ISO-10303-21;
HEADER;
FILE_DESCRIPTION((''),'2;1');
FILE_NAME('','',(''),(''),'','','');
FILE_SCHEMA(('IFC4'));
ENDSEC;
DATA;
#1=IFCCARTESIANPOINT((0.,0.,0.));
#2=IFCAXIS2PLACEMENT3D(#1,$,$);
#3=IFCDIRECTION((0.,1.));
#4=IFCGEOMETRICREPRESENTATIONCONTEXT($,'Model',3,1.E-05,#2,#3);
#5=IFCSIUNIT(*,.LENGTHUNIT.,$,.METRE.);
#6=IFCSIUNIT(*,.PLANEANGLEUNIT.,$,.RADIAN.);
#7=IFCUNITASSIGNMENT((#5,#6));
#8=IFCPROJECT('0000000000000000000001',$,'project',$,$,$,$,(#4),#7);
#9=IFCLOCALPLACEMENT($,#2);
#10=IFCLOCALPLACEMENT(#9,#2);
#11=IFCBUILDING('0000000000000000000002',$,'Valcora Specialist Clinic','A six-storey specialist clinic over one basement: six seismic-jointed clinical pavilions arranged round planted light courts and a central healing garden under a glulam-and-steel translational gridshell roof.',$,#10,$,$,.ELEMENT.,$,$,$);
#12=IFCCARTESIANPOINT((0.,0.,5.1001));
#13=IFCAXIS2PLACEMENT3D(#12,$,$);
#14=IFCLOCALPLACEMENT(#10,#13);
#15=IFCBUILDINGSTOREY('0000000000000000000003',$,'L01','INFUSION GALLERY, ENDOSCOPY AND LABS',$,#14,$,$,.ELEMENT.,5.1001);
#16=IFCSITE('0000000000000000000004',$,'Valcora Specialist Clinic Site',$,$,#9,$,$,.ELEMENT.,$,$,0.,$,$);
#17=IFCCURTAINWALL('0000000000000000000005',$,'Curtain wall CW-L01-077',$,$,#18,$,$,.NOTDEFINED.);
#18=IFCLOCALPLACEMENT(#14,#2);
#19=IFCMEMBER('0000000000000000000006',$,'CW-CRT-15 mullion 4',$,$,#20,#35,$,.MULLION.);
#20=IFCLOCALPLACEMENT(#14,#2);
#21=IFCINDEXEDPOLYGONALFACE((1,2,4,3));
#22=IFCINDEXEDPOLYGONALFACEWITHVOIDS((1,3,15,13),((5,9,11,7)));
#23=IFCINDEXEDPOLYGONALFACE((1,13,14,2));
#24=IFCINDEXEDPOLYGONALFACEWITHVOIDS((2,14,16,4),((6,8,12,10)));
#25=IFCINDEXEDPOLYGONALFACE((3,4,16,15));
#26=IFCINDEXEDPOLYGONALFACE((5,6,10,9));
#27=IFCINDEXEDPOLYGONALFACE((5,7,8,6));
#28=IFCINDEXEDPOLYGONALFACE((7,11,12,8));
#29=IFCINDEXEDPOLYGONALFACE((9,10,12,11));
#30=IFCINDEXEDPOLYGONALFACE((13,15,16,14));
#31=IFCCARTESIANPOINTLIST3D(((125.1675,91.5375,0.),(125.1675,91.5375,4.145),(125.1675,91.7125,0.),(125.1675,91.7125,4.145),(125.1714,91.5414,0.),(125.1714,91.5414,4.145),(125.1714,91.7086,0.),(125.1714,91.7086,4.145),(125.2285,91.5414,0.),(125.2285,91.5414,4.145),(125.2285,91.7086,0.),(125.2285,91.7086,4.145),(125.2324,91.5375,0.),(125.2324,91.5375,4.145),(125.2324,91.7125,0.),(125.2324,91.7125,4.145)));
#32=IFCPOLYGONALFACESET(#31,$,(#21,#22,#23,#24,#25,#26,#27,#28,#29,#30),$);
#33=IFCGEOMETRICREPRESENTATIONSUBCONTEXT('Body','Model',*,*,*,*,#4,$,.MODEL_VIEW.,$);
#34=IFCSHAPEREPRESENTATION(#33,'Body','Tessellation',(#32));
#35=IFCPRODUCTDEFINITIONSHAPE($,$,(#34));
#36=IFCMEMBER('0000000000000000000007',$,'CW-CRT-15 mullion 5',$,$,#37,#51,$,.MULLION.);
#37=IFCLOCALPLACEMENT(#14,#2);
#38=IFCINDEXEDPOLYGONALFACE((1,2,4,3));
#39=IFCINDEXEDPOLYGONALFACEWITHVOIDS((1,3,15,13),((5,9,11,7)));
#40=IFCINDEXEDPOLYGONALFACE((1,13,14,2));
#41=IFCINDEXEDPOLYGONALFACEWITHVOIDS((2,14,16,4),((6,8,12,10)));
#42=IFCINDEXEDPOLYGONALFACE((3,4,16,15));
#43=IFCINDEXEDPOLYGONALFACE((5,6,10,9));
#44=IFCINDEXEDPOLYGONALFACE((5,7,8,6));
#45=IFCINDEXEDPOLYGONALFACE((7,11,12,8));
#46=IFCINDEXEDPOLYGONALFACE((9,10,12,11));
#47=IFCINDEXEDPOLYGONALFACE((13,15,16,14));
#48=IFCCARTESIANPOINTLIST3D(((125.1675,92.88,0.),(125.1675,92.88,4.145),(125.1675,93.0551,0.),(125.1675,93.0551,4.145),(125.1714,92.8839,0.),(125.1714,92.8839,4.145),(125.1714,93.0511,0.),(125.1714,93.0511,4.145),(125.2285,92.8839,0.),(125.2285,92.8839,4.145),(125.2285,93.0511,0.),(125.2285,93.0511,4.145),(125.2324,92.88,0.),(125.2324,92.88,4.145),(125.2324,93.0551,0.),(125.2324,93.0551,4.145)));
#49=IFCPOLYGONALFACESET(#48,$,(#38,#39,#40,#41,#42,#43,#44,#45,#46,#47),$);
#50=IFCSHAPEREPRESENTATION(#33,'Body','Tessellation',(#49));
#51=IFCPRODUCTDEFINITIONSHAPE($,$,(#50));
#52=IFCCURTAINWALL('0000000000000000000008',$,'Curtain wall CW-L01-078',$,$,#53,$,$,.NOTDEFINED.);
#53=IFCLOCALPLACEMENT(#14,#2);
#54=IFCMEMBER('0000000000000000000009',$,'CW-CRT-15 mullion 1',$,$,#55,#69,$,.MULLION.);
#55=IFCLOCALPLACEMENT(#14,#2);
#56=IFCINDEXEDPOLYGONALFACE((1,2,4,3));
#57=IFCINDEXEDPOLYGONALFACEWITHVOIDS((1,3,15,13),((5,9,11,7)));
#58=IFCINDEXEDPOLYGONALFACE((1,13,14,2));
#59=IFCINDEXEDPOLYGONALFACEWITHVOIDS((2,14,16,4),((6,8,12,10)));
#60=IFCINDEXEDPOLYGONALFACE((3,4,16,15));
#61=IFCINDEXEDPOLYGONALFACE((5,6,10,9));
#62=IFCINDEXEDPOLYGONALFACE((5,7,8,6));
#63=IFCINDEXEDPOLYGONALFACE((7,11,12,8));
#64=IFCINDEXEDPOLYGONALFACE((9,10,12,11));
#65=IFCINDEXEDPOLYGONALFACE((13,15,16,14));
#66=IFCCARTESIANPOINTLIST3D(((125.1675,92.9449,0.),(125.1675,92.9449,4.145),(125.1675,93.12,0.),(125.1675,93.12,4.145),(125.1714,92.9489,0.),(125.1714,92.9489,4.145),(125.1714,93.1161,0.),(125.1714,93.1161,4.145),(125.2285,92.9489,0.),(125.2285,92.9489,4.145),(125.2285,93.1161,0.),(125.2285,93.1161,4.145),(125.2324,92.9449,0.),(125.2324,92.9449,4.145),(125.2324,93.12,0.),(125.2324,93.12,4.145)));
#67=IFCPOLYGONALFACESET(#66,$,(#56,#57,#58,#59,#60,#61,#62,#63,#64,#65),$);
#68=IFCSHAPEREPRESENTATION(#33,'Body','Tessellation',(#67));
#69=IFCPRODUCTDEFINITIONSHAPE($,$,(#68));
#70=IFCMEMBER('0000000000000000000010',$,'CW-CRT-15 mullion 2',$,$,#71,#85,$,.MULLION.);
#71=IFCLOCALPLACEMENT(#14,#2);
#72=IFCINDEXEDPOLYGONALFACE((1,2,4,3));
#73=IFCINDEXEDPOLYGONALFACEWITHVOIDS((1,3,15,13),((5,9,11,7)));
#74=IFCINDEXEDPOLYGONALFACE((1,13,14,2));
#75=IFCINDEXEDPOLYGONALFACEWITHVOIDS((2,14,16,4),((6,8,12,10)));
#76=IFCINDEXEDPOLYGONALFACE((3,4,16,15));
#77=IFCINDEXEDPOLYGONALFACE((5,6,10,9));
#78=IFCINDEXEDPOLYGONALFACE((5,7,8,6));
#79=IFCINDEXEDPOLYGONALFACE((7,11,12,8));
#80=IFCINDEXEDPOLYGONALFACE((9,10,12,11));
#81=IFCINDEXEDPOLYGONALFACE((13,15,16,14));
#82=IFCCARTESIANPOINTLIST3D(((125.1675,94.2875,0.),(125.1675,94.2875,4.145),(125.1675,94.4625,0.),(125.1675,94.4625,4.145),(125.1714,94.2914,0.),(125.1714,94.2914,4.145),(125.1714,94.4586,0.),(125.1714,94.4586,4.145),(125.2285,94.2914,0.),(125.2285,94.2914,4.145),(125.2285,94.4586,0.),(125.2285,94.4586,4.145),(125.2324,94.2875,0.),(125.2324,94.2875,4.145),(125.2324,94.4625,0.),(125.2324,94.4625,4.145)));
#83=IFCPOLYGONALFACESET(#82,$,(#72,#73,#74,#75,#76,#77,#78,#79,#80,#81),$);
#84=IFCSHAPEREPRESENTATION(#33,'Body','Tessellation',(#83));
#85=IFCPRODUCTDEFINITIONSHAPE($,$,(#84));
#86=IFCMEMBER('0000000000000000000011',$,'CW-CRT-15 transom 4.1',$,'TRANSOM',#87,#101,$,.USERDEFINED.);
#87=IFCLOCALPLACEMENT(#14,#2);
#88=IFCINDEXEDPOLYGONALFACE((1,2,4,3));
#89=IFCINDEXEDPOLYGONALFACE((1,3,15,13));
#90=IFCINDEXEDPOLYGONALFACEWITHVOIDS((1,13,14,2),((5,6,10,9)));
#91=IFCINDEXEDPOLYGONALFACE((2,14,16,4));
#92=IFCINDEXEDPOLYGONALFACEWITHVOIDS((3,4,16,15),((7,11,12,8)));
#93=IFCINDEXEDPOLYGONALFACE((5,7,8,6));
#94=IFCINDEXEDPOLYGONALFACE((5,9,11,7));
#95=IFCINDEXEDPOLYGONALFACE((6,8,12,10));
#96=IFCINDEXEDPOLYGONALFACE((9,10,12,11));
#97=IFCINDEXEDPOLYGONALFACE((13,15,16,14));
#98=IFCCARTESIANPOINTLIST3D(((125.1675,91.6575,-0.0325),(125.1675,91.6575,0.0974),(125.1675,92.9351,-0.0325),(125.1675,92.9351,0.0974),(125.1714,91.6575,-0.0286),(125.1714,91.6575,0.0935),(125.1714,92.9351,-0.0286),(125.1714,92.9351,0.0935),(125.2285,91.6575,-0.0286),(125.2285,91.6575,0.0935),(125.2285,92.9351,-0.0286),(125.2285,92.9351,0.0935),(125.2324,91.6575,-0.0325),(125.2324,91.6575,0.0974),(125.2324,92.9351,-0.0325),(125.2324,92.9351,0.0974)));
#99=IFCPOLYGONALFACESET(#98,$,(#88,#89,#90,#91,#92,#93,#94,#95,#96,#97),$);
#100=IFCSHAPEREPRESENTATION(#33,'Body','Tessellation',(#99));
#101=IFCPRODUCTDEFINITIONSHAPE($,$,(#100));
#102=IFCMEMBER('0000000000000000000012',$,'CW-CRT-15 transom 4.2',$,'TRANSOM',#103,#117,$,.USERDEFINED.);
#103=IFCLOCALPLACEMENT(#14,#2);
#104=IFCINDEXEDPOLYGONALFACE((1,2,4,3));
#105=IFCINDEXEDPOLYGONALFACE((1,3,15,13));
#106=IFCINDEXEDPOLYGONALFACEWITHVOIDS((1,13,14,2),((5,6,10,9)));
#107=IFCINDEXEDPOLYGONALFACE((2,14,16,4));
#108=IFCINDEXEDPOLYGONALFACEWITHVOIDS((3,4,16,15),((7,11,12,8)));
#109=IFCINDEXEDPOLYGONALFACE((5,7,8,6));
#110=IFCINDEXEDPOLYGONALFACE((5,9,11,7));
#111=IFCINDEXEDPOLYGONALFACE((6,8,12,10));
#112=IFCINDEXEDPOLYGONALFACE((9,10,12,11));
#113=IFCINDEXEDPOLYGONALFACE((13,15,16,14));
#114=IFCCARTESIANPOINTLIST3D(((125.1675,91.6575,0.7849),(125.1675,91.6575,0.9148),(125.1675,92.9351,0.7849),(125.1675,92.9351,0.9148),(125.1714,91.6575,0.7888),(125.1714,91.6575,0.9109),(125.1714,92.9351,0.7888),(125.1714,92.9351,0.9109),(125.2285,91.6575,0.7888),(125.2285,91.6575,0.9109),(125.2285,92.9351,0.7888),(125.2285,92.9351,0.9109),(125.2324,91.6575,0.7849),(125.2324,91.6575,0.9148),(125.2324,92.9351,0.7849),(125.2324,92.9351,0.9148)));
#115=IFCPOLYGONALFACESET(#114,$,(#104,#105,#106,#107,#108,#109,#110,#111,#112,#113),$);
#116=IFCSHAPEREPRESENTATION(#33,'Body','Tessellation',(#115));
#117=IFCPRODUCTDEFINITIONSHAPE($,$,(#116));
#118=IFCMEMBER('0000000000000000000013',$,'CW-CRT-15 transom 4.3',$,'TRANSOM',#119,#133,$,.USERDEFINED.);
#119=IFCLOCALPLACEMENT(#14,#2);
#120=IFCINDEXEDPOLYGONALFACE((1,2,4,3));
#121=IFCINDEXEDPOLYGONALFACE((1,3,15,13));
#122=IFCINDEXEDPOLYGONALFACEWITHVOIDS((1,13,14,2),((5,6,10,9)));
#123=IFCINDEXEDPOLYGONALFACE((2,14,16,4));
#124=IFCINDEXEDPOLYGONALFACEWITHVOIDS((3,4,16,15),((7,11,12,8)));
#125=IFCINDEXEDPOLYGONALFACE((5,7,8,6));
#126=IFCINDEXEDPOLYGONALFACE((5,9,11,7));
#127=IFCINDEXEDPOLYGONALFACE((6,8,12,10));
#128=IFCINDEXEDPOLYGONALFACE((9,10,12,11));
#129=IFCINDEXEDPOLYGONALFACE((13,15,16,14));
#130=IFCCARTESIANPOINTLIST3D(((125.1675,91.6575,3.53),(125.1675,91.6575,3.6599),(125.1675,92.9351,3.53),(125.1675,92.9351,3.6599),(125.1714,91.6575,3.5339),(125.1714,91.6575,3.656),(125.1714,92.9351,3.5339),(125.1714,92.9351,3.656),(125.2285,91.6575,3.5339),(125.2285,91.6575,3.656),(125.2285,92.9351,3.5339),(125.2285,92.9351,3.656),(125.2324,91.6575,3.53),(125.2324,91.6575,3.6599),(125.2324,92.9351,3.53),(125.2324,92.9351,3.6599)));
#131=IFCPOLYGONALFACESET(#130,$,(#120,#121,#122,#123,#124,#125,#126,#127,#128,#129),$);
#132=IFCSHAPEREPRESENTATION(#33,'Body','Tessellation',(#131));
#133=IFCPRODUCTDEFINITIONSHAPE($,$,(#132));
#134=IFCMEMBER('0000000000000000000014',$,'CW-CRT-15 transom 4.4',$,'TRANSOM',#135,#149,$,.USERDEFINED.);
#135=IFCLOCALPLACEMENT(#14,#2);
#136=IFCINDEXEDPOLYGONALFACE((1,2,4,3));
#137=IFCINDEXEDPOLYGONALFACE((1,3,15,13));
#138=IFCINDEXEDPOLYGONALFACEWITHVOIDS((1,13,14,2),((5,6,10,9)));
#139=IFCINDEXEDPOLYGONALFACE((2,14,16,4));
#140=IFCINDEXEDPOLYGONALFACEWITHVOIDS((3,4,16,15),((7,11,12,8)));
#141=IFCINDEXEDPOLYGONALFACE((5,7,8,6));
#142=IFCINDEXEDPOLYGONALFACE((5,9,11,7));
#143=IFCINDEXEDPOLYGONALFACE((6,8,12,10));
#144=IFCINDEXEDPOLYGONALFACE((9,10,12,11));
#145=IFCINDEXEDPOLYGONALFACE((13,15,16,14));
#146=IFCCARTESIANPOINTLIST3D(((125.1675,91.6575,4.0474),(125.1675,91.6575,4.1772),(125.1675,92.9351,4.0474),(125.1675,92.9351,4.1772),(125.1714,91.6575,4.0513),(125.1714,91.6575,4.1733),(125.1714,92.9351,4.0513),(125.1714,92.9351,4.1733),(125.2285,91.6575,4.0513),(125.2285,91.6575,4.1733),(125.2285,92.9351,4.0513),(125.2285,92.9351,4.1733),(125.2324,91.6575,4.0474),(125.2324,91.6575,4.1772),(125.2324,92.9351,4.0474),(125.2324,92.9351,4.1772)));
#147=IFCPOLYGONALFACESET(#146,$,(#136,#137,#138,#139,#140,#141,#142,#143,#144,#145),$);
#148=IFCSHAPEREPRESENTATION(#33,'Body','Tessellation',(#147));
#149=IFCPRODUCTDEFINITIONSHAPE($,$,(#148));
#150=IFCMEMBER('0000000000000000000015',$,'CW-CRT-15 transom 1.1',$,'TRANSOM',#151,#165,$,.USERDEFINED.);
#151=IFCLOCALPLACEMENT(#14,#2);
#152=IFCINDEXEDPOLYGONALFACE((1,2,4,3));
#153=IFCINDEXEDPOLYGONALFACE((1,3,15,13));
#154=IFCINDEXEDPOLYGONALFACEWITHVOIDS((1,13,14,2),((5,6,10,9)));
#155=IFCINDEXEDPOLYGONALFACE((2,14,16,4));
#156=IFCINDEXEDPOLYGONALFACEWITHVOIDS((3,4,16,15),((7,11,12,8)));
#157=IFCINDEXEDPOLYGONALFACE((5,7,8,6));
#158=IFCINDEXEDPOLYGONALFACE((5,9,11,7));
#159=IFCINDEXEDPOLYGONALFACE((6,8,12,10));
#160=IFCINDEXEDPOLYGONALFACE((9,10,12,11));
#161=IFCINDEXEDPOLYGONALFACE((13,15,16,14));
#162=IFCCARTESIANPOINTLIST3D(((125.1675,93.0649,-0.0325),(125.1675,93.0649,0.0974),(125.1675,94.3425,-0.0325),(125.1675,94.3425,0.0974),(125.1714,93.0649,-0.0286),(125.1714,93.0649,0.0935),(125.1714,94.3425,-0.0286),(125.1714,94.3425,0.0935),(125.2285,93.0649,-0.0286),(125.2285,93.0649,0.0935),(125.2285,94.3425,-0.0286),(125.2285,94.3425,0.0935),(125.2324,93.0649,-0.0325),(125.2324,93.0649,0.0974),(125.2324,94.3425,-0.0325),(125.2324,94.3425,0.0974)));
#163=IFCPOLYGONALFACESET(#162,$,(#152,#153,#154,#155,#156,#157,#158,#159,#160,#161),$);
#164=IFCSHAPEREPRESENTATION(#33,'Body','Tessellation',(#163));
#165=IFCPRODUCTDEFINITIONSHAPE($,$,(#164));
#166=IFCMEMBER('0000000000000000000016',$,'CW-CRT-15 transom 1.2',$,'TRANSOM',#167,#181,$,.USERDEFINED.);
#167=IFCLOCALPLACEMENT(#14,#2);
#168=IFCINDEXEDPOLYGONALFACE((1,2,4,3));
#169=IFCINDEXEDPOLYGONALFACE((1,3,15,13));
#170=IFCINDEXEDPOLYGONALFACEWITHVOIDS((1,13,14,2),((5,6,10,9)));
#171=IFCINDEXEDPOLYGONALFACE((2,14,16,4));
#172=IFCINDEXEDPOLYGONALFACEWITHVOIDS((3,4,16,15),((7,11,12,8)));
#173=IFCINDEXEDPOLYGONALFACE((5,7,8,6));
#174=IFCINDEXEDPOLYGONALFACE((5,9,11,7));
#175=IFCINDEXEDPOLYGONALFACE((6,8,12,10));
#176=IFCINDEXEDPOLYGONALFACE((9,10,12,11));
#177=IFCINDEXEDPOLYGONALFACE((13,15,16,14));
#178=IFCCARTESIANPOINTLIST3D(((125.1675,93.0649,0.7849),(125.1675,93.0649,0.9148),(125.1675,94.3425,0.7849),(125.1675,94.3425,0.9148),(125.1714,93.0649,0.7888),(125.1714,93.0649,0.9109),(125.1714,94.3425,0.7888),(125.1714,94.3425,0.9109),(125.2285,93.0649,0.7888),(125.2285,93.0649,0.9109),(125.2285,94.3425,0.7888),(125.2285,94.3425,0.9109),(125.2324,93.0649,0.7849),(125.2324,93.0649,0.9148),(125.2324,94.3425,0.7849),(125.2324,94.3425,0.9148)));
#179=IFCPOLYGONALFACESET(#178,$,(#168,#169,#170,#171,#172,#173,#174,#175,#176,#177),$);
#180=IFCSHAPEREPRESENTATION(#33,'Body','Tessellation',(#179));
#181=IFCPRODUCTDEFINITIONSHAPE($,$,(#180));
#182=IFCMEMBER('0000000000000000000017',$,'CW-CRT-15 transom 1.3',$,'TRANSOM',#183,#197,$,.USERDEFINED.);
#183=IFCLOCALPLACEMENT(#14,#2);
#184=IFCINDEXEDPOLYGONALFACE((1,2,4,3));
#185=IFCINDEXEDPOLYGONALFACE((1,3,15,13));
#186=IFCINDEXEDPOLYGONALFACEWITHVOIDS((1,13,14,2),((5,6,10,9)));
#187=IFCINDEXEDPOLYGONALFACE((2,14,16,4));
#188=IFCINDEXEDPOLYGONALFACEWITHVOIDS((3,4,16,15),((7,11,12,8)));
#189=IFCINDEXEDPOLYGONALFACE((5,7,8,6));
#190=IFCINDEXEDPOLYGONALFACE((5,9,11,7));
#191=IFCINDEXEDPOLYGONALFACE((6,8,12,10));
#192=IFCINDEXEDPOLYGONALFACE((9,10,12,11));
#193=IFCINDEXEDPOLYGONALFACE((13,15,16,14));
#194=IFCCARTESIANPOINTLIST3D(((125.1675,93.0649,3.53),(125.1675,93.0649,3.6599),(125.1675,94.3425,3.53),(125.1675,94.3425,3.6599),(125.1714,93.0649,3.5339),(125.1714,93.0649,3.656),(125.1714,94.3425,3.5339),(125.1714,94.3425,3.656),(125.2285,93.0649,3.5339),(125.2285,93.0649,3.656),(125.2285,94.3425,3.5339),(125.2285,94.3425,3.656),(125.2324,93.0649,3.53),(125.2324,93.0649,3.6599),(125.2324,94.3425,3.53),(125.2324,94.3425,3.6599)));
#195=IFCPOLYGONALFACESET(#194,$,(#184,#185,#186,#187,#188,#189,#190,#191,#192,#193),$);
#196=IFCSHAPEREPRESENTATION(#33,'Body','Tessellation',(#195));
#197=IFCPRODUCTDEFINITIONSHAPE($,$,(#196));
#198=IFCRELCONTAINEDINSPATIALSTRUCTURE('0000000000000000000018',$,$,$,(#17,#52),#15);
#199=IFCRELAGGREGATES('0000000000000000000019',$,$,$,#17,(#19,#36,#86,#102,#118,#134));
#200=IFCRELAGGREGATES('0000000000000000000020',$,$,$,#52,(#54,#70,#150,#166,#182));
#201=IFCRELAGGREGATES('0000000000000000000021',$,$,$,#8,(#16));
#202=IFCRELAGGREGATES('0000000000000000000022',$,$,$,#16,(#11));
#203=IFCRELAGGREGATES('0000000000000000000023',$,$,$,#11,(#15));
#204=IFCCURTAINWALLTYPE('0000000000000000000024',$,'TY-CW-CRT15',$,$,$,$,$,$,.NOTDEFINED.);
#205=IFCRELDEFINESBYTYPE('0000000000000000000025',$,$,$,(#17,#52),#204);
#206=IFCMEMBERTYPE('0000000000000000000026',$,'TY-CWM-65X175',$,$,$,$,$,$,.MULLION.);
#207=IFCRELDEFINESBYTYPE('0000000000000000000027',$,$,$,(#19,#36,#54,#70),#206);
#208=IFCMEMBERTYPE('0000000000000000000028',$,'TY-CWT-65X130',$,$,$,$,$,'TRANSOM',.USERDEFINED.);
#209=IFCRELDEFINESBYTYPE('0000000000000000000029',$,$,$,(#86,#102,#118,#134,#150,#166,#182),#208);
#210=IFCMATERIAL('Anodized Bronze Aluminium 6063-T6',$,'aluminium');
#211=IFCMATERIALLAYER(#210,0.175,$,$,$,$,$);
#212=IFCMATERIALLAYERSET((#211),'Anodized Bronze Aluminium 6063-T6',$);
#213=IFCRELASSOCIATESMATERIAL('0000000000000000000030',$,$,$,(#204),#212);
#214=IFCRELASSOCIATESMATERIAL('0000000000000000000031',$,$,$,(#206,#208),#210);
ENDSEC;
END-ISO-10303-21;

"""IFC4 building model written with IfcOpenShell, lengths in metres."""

from ifc_helpers import new_model, si_unit, direction, frame, origin, origin_2d, place, context, subcontext, project, spatial, hollow_rectangle, extrude, material, layer, layer_set, material_profile, profile_set, type_object, element, aggregate, save


model = new_model("IFC4")

# Units and contexts
model_context = context("Model", 3, precision=1e-05, world=origin(), true_north=direction((0.0, 1.0)))
body_context = subcontext(model_context, "Body", "Model", "MODEL_VIEW")
ifc_project = project(units=[si_unit("LENGTHUNIT", "METRE"), si_unit("PLANEANGLEUNIT", "RADIAN")], contexts=[model_context])

# Site, building, storey
site_placement = place(None, origin())
site = spatial("IfcSite", under=ifc_project, at=site_placement, Name="Valcora Specialist Clinic Site", CompositionType="ELEMENT", RefElevation=0.0)
building_placement = place(site_placement, origin())
building = spatial("IfcBuilding", under=site, at=building_placement, Name="Valcora Specialist Clinic", Description="A six-storey specialist clinic over one basement: six seismic-jointed clinical pavilions arranged round planted light courts and a central healing garden under a glulam-and-steel translational gridshell roof.", CompositionType="ELEMENT")
storey_placement = place(building_placement, frame((0.0, 0.0, 5.1001)))
storey = spatial("IfcBuildingStorey", under=building, at=storey_placement, Name="L01", Description="INFUSION GALLERY, ENDOSCOPY AND LABS", CompositionType="ELEMENT", Elevation=5.1001)

# Curtain walls, members
ifc_material_1 = material(Name="Anodized Bronze Aluminium 6063-T6", Category="aluminium")
ifc_layer_1 = layer(ifc_material_1, 0.175)
ifc_layer_set_1 = layer_set([ifc_layer_1], Name="Anodized Bronze Aluminium 6063-T6")
curtain_wall_type = type_object("IfcCurtainWallType", Name="TY-CW-CRT15", PredefinedType="NOTDEFINED", material=ifc_layer_set_1)
curtain_wall_1_placement = place(storey_placement, origin())
curtain_wall_1 = element("IfcCurtainWall", 1, at=curtain_wall_1_placement, inside=storey, type_object=curtain_wall_type, Name="Curtain wall CW-L01-077", PredefinedType="NOTDEFINED")
ifc_material_profile_1 = material_profile(ifc_material_1, hollow_rectangle(XDim=0.0649, YDim=0.175, WallThickness=0.0039, at=origin_2d()), Name="AL-MUL-65X175")
ifc_profile_set_1 = profile_set([ifc_material_profile_1], Name="Anodized Bronze Aluminium 6063-T6")
member_type_1 = type_object("IfcMemberType", Name="TY-CWM-65X175", PredefinedType="MULLION", material=ifc_profile_set_1)
member_1_placement = place(storey_placement, frame((125.2, 91.625, 0.0), z_axis=(0.0, 0.0, 1.0), x_axis=(-1.0, 0.0, 0.0)))
member_1 = element("IfcMember", 2, at=member_1_placement, type_object=member_type_1, Name="CW-CRT-15 mullion 4", PredefinedType="MULLION", context=body_context, shape_type="SweptSolid", body=[
    extrude(hollow_rectangle(XDim=0.0649, YDim=0.175, WallThickness=0.0039, at=origin_2d()), origin(), (0.0, 0.0, 1.0), 4.145),
])
member_2_placement = place(storey_placement, frame((125.2, 92.9675, 0.0), z_axis=(0.0, 0.0, 1.0), x_axis=(-1.0, 0.0, 0.0)))
member_2 = element("IfcMember", 3, at=member_2_placement, type_object=member_type_1, Name="CW-CRT-15 mullion 5", PredefinedType="MULLION", context=body_context, shape_type="SweptSolid", body=[
    extrude(hollow_rectangle(XDim=0.0649, YDim=0.175, WallThickness=0.0039, at=origin_2d()), origin(), (0.0, 0.0, 1.0), 4.145),
])
curtain_wall_2_placement = place(storey_placement, origin())
curtain_wall_2 = element("IfcCurtainWall", 4, at=curtain_wall_2_placement, inside=storey, type_object=curtain_wall_type, Name="Curtain wall CW-L01-078", PredefinedType="NOTDEFINED")
member_3_placement = place(storey_placement, frame((125.2, 93.0325, 0.0), z_axis=(0.0, 0.0, 1.0), x_axis=(-1.0, 0.0, 0.0)))
member_3 = element("IfcMember", 5, at=member_3_placement, type_object=member_type_1, Name="CW-CRT-15 mullion 1", PredefinedType="MULLION", context=body_context, shape_type="SweptSolid", body=[
    extrude(hollow_rectangle(XDim=0.0649, YDim=0.175, WallThickness=0.0039, at=origin_2d()), origin(), (0.0, 0.0, 1.0), 4.145),
])
member_4_placement = place(storey_placement, frame((125.2, 94.375, 0.0), z_axis=(0.0, 0.0, 1.0), x_axis=(-1.0, 0.0, 0.0)))
member_4 = element("IfcMember", 6, at=member_4_placement, type_object=member_type_1, Name="CW-CRT-15 mullion 2", PredefinedType="MULLION", context=body_context, shape_type="SweptSolid", body=[
    extrude(hollow_rectangle(XDim=0.0649, YDim=0.175, WallThickness=0.0039, at=origin_2d()), origin(), (0.0, 0.0, 1.0), 4.145),
])

# Members
ifc_material_profile_2 = material_profile(ifc_material_1, hollow_rectangle(XDim=0.0649, YDim=0.1299, WallThickness=0.0039, at=origin_2d()), Name="AL-TRN-65X130")
ifc_profile_set_2 = profile_set([ifc_material_profile_2], Name="Anodized Bronze Aluminium 6063-T6")
member_type_2 = type_object("IfcMemberType", Name="TY-CWT-65X130", ElementType="TRANSOM", PredefinedType="USERDEFINED", material=ifc_profile_set_2)
member_5_placement = place(storey_placement, frame((125.2, 91.6575, 0.0325), z_axis=(0.0, 1.0, 0.0), x_axis=(-1.0, 0.0, 0.0)))
member_5 = element("IfcMember", 7, at=member_5_placement, type_object=member_type_2, Name="CW-CRT-15 transom 4.1", ObjectType="TRANSOM", PredefinedType="USERDEFINED", context=body_context, shape_type="SweptSolid", body=[
    extrude(hollow_rectangle(XDim=0.0649, YDim=0.1299, WallThickness=0.0039, at=origin_2d()), origin(), (0.0, 0.0, 1.0), 1.2776),
])
member_6_placement = place(storey_placement, frame((125.2, 91.6575, 0.8499), z_axis=(0.0, 1.0, 0.0), x_axis=(-1.0, 0.0, 0.0)))
member_6 = element("IfcMember", 8, at=member_6_placement, type_object=member_type_2, Name="CW-CRT-15 transom 4.2", ObjectType="TRANSOM", PredefinedType="USERDEFINED", context=body_context, shape_type="SweptSolid", body=[
    extrude(hollow_rectangle(XDim=0.0649, YDim=0.1299, WallThickness=0.0039, at=origin_2d()), origin(), (0.0, 0.0, 1.0), 1.2776),
])
member_7_placement = place(storey_placement, frame((125.2, 91.6575, 3.595), z_axis=(0.0, 1.0, 0.0), x_axis=(-1.0, 0.0, 0.0)))
member_7 = element("IfcMember", 9, at=member_7_placement, type_object=member_type_2, Name="CW-CRT-15 transom 4.3", ObjectType="TRANSOM", PredefinedType="USERDEFINED", context=body_context, shape_type="SweptSolid", body=[
    extrude(hollow_rectangle(XDim=0.0649, YDim=0.1299, WallThickness=0.0039, at=origin_2d()), origin(), (0.0, 0.0, 1.0), 1.2776),
])
member_8_placement = place(storey_placement, frame((125.2, 91.6575, 4.1123), z_axis=(0.0, 1.0, 0.0), x_axis=(-1.0, 0.0, 0.0)))
member_8 = element("IfcMember", 10, at=member_8_placement, type_object=member_type_2, Name="CW-CRT-15 transom 4.4", ObjectType="TRANSOM", PredefinedType="USERDEFINED", context=body_context, shape_type="SweptSolid", body=[
    extrude(hollow_rectangle(XDim=0.0649, YDim=0.1299, WallThickness=0.0039, at=origin_2d()), origin(), (0.0, 0.0, 1.0), 1.2776),
])
member_9_placement = place(storey_placement, frame((125.2, 93.0649, 0.0325), z_axis=(0.0, 1.0, 0.0), x_axis=(-1.0, 0.0, 0.0)))
member_9 = element("IfcMember", 11, at=member_9_placement, type_object=member_type_2, Name="CW-CRT-15 transom 1.1", ObjectType="TRANSOM", PredefinedType="USERDEFINED", context=body_context, shape_type="SweptSolid", body=[
    extrude(hollow_rectangle(XDim=0.0649, YDim=0.1299, WallThickness=0.0039, at=origin_2d()), origin(), (0.0, 0.0, 1.0), 1.2776),
])
member_10_placement = place(storey_placement, frame((125.2, 93.0649, 0.8499), z_axis=(0.0, 1.0, 0.0), x_axis=(-1.0, 0.0, 0.0)))
member_10 = element("IfcMember", 12, at=member_10_placement, type_object=member_type_2, Name="CW-CRT-15 transom 1.2", ObjectType="TRANSOM", PredefinedType="USERDEFINED", context=body_context, shape_type="SweptSolid", body=[
    extrude(hollow_rectangle(XDim=0.0649, YDim=0.1299, WallThickness=0.0039, at=origin_2d()), origin(), (0.0, 0.0, 1.0), 1.2776),
])
member_11_placement = place(storey_placement, frame((125.2, 93.0649, 3.595), z_axis=(0.0, 1.0, 0.0), x_axis=(-1.0, 0.0, 0.0)))
member_11 = element("IfcMember", 13, at=member_11_placement, type_object=member_type_2, Name="CW-CRT-15 transom 1.3", ObjectType="TRANSOM", PredefinedType="USERDEFINED", context=body_context, shape_type="SweptSolid", body=[
    extrude(hollow_rectangle(XDim=0.0649, YDim=0.1299, WallThickness=0.0039, at=origin_2d()), origin(), (0.0, 0.0, 1.0), 1.2776),
])

aggregate(curtain_wall_1, [member_1, member_2, member_5, member_6, member_7, member_8])
aggregate(curtain_wall_2, [member_3, member_4, member_9, member_10, member_11])

save(model, "model.ifc")
